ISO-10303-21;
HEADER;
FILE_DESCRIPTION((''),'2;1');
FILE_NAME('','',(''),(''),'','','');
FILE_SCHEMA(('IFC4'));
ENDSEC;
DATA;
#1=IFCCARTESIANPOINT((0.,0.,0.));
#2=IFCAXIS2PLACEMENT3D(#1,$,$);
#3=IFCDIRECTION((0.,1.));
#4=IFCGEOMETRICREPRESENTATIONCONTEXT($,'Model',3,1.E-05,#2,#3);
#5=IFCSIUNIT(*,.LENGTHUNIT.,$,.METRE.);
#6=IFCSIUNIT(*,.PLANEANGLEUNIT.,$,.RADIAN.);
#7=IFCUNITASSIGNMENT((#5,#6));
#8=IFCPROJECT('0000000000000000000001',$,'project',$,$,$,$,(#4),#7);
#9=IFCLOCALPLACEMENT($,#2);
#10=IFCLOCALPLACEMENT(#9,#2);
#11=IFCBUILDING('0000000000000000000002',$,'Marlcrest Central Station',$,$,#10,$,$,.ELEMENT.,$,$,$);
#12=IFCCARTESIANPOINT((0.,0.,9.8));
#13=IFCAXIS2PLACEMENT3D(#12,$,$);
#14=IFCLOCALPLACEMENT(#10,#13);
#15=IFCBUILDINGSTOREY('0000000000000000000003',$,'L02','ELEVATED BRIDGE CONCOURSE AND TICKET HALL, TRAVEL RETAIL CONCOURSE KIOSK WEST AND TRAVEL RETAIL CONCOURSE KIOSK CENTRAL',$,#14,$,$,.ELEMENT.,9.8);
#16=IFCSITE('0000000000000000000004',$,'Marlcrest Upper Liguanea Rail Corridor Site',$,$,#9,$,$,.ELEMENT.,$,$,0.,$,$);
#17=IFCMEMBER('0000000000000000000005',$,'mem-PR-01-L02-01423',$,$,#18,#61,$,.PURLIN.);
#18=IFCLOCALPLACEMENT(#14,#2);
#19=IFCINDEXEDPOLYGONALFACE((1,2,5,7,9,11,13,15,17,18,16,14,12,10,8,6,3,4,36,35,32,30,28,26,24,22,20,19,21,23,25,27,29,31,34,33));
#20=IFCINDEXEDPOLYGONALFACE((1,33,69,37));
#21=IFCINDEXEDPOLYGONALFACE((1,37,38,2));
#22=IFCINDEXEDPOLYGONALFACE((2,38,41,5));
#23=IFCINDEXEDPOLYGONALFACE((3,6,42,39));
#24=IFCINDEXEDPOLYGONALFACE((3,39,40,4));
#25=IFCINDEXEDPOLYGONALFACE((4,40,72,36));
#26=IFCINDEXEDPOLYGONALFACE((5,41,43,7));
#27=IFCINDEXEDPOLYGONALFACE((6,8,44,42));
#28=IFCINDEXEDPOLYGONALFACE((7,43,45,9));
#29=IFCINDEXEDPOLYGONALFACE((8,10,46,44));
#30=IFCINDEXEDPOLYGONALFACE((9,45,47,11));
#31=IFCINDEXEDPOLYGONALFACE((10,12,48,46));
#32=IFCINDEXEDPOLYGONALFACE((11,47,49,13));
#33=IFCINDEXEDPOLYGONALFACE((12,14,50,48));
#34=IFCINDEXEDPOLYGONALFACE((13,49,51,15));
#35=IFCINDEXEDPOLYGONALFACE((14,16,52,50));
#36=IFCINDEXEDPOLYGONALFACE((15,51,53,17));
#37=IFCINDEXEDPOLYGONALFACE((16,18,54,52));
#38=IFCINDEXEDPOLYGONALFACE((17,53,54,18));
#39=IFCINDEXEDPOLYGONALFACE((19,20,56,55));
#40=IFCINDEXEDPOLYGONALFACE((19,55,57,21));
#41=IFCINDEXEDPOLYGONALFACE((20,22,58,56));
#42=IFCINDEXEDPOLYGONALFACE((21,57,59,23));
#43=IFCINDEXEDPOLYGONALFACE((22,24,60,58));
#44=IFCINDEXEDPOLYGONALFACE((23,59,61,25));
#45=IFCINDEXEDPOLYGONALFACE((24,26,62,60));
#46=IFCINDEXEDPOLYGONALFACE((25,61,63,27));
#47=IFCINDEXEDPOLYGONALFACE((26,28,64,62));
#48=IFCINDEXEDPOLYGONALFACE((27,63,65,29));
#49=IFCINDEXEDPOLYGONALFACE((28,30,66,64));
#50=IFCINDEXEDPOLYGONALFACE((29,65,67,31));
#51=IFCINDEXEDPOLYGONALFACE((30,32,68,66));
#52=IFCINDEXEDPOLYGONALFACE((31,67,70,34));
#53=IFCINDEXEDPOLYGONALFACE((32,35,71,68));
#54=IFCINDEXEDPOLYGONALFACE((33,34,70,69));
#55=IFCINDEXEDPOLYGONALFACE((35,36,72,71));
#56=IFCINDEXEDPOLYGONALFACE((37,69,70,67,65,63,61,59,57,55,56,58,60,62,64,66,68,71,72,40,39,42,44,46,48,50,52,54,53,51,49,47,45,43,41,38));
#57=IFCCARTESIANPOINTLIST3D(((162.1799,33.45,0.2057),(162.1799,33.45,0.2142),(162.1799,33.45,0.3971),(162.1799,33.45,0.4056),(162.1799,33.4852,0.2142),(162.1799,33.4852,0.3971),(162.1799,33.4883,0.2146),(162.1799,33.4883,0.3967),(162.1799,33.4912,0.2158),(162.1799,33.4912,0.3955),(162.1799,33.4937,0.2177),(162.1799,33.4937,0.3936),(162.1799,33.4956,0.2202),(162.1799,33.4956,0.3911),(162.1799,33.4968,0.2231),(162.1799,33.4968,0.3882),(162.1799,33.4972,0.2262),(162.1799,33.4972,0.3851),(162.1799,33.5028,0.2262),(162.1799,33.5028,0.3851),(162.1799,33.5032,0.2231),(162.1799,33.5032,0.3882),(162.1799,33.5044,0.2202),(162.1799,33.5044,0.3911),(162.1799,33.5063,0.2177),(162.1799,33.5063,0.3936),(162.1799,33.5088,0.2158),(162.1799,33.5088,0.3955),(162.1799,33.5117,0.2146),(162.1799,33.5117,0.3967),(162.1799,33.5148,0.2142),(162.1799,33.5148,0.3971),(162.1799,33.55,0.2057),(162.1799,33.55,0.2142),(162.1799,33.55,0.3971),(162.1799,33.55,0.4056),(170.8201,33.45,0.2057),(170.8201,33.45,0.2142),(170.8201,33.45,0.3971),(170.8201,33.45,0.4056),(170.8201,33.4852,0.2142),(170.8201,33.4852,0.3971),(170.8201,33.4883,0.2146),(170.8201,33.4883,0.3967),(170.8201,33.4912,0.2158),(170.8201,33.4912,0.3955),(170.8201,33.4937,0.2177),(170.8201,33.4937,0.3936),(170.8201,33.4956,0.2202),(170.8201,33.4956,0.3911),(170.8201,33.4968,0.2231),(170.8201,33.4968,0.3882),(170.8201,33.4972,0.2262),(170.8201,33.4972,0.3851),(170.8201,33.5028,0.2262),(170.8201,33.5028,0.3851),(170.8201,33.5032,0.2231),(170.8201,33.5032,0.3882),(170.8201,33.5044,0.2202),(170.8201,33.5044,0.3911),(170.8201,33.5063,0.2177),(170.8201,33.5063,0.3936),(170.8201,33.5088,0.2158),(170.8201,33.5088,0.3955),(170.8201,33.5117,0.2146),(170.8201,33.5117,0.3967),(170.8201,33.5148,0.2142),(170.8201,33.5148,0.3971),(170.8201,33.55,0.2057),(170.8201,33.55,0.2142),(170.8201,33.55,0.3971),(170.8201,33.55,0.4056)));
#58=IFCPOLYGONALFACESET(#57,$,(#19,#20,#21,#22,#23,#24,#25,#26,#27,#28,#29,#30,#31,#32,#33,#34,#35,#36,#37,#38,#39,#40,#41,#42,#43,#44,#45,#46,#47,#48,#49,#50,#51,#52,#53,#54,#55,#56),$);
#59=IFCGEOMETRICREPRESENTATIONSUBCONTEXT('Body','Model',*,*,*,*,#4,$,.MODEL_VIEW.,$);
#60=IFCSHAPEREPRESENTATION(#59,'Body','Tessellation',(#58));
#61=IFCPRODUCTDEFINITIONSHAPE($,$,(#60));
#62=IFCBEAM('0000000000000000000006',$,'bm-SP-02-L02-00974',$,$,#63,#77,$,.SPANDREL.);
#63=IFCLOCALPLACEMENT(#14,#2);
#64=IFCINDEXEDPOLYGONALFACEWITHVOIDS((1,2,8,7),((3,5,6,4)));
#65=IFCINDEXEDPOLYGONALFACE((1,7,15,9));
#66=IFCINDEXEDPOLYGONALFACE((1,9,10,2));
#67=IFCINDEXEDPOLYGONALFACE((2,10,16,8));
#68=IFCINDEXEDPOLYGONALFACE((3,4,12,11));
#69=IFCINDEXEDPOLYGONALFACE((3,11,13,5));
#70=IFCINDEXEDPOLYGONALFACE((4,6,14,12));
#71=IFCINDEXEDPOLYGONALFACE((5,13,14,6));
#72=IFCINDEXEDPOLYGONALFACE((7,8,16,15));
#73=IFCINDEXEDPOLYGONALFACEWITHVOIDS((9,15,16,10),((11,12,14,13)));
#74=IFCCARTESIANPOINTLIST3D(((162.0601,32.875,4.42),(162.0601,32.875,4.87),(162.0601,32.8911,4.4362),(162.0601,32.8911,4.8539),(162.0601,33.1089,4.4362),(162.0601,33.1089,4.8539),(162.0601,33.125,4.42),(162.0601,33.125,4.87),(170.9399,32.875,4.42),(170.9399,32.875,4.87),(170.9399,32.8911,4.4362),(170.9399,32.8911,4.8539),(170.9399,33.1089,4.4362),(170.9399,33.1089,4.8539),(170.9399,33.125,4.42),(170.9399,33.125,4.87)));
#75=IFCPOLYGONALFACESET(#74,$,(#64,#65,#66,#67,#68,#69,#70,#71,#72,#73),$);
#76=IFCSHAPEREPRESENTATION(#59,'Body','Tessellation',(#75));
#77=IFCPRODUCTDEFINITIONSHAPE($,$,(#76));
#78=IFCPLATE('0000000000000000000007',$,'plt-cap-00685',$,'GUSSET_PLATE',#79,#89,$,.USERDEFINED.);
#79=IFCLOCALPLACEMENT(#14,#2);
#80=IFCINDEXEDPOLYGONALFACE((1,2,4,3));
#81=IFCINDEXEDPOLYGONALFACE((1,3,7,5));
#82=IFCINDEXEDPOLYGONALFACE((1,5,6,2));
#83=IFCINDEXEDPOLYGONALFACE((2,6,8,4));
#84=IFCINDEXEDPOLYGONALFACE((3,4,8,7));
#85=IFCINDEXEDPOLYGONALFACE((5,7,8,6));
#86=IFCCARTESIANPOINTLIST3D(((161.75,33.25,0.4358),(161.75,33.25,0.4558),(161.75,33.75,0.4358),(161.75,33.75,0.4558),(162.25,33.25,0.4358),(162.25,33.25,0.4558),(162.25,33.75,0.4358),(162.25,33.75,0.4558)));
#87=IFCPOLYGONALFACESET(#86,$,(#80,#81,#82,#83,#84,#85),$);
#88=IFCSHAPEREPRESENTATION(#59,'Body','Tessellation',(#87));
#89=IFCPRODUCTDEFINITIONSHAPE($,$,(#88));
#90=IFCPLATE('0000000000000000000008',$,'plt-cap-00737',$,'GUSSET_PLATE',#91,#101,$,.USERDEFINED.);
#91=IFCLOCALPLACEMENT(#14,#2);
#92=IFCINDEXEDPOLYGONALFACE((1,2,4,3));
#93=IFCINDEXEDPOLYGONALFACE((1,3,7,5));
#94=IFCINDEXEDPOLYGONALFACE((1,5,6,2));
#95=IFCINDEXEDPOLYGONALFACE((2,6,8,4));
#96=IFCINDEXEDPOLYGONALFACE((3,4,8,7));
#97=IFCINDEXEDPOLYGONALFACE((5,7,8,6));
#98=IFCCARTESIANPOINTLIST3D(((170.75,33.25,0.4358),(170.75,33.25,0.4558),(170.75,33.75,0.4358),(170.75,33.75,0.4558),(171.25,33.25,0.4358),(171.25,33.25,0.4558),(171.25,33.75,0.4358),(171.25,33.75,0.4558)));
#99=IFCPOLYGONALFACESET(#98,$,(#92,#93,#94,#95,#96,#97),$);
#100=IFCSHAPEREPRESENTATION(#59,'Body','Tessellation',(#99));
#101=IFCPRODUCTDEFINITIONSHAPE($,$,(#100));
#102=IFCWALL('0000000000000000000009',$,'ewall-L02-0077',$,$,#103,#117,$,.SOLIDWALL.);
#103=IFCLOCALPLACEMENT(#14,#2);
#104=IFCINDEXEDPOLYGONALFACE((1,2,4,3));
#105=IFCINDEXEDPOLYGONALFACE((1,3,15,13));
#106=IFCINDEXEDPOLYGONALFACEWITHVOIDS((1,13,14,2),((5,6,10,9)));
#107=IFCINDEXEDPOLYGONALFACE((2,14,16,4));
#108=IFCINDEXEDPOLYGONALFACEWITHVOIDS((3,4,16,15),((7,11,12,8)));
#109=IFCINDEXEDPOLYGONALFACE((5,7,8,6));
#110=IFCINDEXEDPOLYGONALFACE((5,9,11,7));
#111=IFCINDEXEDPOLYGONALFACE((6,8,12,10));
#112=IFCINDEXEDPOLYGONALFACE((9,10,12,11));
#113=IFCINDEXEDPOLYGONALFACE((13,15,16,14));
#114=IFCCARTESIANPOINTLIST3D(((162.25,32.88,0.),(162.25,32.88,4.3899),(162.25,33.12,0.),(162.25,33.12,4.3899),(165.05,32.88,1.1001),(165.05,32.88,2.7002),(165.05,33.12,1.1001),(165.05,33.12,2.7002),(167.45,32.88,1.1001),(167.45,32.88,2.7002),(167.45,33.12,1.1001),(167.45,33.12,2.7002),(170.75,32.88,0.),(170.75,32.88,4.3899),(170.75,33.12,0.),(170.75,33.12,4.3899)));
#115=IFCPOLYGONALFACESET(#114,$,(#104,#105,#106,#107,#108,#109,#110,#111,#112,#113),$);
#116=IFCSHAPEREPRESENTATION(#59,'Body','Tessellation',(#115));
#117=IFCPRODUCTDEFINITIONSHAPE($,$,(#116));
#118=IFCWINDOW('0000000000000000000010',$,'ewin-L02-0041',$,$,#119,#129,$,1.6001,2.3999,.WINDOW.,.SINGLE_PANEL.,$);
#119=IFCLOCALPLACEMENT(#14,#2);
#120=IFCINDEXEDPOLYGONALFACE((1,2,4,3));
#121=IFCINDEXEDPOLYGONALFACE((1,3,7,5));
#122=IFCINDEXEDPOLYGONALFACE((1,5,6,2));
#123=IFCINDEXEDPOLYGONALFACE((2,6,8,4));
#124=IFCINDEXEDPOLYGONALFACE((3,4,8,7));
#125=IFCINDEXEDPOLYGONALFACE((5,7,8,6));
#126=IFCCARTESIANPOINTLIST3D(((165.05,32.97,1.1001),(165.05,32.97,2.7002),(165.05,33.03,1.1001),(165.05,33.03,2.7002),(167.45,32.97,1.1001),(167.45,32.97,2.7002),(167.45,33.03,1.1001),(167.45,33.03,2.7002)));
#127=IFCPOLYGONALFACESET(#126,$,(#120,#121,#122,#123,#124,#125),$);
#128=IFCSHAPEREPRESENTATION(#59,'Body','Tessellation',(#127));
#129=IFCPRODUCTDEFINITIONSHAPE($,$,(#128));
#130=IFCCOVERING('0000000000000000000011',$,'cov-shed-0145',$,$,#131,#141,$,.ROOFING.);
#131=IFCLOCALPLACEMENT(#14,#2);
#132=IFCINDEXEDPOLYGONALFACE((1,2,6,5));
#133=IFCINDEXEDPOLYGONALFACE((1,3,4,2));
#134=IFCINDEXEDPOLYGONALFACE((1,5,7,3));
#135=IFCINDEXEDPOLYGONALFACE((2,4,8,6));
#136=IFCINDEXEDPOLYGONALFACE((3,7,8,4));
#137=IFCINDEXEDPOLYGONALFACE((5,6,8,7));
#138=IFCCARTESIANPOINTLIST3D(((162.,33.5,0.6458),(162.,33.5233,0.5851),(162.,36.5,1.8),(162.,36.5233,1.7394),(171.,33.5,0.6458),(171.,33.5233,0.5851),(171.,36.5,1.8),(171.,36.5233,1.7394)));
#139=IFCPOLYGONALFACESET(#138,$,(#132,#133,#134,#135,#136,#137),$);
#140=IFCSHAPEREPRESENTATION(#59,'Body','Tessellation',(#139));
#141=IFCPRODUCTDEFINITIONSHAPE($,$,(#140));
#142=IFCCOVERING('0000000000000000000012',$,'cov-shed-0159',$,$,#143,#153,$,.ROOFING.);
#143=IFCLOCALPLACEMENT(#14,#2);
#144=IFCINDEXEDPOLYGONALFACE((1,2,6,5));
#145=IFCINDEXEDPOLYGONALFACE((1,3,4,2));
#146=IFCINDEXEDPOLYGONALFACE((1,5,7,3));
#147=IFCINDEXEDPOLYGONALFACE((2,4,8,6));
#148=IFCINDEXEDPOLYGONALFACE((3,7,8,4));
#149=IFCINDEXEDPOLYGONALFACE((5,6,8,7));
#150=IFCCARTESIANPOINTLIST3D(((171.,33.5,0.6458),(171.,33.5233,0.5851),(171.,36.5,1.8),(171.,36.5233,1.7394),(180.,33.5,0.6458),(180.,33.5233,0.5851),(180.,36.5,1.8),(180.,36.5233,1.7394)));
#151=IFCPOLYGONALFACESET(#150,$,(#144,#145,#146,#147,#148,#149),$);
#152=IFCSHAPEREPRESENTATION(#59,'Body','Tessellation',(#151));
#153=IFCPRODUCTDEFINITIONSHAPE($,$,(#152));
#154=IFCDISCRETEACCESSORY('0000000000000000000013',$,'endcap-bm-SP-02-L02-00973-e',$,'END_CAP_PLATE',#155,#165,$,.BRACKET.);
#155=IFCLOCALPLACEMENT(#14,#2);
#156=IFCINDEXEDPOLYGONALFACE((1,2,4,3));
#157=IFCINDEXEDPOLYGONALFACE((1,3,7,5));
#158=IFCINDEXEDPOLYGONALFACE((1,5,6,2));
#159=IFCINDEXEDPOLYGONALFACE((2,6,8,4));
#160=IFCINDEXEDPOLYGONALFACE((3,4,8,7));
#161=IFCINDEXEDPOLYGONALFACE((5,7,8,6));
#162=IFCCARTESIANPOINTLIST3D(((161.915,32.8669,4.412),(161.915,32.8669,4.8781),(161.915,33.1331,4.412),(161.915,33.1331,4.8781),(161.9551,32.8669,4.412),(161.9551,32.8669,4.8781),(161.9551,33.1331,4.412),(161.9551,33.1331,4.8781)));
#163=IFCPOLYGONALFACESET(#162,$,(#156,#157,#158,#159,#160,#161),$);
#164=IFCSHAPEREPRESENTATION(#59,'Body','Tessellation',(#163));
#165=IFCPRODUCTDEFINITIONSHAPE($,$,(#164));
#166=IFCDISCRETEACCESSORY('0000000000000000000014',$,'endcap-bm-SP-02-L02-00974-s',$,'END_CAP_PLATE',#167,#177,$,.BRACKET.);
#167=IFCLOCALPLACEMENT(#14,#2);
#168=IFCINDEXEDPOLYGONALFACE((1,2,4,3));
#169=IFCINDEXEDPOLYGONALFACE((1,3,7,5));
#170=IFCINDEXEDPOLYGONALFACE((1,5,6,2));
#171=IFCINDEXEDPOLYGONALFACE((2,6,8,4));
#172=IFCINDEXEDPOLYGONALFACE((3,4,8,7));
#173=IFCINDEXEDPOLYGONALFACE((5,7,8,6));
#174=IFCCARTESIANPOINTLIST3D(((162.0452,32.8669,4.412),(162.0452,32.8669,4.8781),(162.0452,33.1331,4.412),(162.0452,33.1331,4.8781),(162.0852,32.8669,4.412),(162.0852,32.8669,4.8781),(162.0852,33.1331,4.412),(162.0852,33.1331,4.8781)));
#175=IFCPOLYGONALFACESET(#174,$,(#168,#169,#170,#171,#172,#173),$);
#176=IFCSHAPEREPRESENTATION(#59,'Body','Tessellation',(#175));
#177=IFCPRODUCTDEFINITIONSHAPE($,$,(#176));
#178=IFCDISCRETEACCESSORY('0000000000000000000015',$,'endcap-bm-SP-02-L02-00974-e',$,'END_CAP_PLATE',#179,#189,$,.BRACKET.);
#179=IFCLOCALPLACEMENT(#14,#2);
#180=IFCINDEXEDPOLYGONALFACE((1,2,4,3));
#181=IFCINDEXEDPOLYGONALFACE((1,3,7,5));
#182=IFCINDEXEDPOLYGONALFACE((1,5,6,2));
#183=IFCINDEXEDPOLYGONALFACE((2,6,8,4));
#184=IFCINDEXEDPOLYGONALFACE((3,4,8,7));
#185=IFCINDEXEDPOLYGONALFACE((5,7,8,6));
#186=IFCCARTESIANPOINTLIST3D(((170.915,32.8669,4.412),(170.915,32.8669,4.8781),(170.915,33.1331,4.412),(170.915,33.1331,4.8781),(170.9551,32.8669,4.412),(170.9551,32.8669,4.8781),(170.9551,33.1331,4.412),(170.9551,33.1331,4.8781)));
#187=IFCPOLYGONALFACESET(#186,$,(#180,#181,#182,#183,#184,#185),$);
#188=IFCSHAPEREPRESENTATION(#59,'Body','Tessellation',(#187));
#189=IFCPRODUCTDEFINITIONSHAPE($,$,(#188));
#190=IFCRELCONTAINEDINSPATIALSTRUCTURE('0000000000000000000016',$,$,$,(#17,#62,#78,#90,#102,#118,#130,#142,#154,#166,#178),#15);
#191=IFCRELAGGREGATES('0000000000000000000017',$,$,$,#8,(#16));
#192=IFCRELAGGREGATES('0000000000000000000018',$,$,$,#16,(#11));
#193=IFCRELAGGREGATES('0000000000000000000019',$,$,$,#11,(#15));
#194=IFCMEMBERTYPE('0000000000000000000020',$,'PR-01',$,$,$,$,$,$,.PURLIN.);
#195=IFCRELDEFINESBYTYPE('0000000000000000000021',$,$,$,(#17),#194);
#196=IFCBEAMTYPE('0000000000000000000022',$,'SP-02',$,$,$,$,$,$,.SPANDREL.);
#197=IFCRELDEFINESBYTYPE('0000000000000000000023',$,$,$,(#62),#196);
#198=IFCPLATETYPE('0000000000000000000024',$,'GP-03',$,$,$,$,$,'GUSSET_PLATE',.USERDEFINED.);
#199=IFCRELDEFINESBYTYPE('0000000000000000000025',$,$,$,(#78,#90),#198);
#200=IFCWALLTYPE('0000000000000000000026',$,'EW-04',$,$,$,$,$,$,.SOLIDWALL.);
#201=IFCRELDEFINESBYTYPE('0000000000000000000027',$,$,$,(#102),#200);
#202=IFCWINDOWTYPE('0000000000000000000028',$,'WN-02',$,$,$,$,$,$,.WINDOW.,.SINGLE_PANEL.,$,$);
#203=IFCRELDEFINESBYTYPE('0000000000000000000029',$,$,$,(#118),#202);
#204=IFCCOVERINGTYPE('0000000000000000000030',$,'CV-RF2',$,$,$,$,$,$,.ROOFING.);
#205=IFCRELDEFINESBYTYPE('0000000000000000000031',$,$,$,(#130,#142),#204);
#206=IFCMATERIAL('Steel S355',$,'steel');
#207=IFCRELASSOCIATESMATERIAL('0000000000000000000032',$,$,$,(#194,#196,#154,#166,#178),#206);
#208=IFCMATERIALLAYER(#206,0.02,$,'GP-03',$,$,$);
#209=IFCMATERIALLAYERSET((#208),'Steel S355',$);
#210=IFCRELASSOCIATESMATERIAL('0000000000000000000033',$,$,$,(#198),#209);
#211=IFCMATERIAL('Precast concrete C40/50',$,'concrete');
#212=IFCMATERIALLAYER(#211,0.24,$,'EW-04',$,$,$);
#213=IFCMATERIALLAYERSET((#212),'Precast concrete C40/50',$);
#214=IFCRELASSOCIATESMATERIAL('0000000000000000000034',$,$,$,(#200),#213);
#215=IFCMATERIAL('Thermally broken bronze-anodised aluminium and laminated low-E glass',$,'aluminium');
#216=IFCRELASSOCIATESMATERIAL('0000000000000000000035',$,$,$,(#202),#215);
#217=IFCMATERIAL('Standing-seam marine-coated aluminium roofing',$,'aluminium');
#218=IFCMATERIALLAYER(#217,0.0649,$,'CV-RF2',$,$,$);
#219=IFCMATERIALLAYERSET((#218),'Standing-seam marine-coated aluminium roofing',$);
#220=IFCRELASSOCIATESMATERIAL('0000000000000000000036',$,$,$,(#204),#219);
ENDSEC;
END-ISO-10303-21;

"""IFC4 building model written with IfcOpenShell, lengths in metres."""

from ifc_helpers import new_model, si_unit, direction, frame, frame_2d, origin, origin_2d, place, context, subcontext, project, spatial, polyline, rectangle, hollow_rectangle, i_section, outline, extrude, material, layer, layer_set, material_profile, profile_set, type_object, element, fill, save


model = new_model("IFC4")

# Units and contexts
model_context = context("Model", 3, precision=1e-05, world=origin(), true_north=direction((0.0, 1.0)))
body_context = subcontext(model_context, "Body", "Model", "MODEL_VIEW")
ifc_project = project(units=[si_unit("LENGTHUNIT", "METRE"), si_unit("PLANEANGLEUNIT", "RADIAN")], contexts=[model_context])

# Site, building, storey
site_placement = place(None, origin())
site = spatial("IfcSite", under=ifc_project, at=site_placement, Name="Marlcrest Upper Liguanea Rail Corridor Site", CompositionType="ELEMENT", RefElevation=0.0)
building_placement = place(site_placement, origin())
building = spatial("IfcBuilding", under=site, at=building_placement, Name="Marlcrest Central Station", CompositionType="ELEMENT")
storey_placement = place(building_placement, frame((0.0, 0.0, 9.8)))
storey = spatial("IfcBuildingStorey", under=building, at=storey_placement, Name="L02", Description="ELEVATED BRIDGE CONCOURSE AND TICKET HALL, TRAVEL RETAIL CONCOURSE KIOSK WEST AND TRAVEL RETAIL CONCOURSE KIOSK CENTRAL", CompositionType="ELEMENT", Elevation=9.8)

# Shared definitions
ifc_material_1 = material(Name="Steel S355", Category="steel")

# Member
ifc_material_profile_1 = material_profile(ifc_material_1, i_section(OverallWidth=0.1001, OverallDepth=0.2, WebThickness=0.0056, FlangeThickness=0.0085, FilletRadius=0.012, at=origin_2d()), Name="IPE 200")
ifc_profile_set_1 = profile_set([ifc_material_profile_1], Name="Steel S355")
member_type_1 = type_object("IfcMemberType", Name="PR-01", PredefinedType="PURLIN", material=ifc_profile_set_1)
member_placement = place(storey_placement, frame((162.1799, 33.5, 0.3057), z_axis=(1.0, 0.0, 0.0), x_axis=(0.0, 1.0, 0.0)))
element("IfcMember", 1, at=member_placement, inside=storey, type_object=member_type_1, Name="mem-PR-01-L02-01423", PredefinedType="PURLIN", context=body_context, shape_type="SweptSolid", body=[
    extrude(i_section(OverallWidth=0.1001, OverallDepth=0.2, WebThickness=0.0056, FlangeThickness=0.0085, FilletRadius=0.012, at=origin_2d()), origin(), (0.0, 0.0, 1.0), 8.6401),
])

# Beam
ifc_material_profile_2 = material_profile(ifc_material_1, hollow_rectangle(XDim=0.25, YDim=0.45, WallThickness=0.0161, at=origin_2d()), Name="RHS 450x250x16")
ifc_profile_set_2 = profile_set([ifc_material_profile_2], Name="Steel S355")
beam_type_1 = type_object("IfcBeamType", Name="SP-02", PredefinedType="SPANDREL", material=ifc_profile_set_2)
beam_1_placement = place(storey_placement, frame((162.0601, 33.0, 4.645), z_axis=(1.0, 0.0, 0.0), x_axis=(0.0, 1.0, 0.0)))
element("IfcBeam", 2, at=beam_1_placement, inside=storey, type_object=beam_type_1, Name="bm-SP-02-L02-00974", PredefinedType="SPANDREL", context=body_context, shape_type="SweptSolid", body=[
    extrude(hollow_rectangle(XDim=0.25, YDim=0.45, WallThickness=0.0161, at=origin_2d()), origin(), (0.0, 0.0, 1.0), 8.8799),
])

# Plates
ifc_layer_1 = layer(ifc_material_1, 0.02, Name="GP-03")
ifc_layer_set_1 = layer_set([ifc_layer_1], Name="Steel S355")
plate_type = type_object("IfcPlateType", Name="GP-03", ElementType="GUSSET_PLATE", PredefinedType="USERDEFINED", material=ifc_layer_set_1)
for number, where, z_axis, x_axis, name in (
    (3, (162.0, 33.5, 0.4358), (0.0, 0.0, 1.0), (1.0, 0.0, 0.0), "plt-cap-00685"),
    (4, (171.0, 33.5, 0.4358), (0.0, 0.0, 1.0), (1.0, 0.0, 0.0), "plt-cap-00737"),
):
    element("IfcPlate", number, at=place(storey_placement, frame(where, z_axis=z_axis, x_axis=x_axis)), inside=storey, type_object=plate_type, Name=name, ObjectType="GUSSET_PLATE", PredefinedType="USERDEFINED", context=body_context, shape_type="SweptSolid", body=[
        extrude(rectangle(XDim=0.5, YDim=0.5, at=origin_2d()), origin(), (0.0, 0.0, 1.0), 0.02),
    ])

# Wall, opening, window
ifc_material_2 = material(Name="Precast concrete C40/50", Category="concrete")
ifc_layer_2 = layer(ifc_material_2, 0.24, Name="EW-04")
ifc_layer_set_2 = layer_set([ifc_layer_2], Name="Precast concrete C40/50")
wall_type = type_object("IfcWallType", Name="EW-04", PredefinedType="SOLIDWALL", material=ifc_layer_set_2)
wall_placement = place(storey_placement, frame((162.25, 33.0, 0.0), z_axis=(0.0, 0.0, 1.0), x_axis=(1.0, 0.0, 0.0)))
wall = element("IfcWall", 5, at=wall_placement, inside=storey, type_object=wall_type, Name="ewall-L02-0077", PredefinedType="SOLIDWALL", context=body_context, shape_type="SweptSolid", body=[
    extrude(rectangle(XDim=8.5, YDim=0.24, at=frame_2d((4.25, 0.0))), origin(), (0.0, 0.0, 1.0), 4.3899),
])
opening_placement = place(wall_placement, frame((2.8, 0.0, 1.1001)))
opening = element("IfcOpeningElement", 6, at=opening_placement, cuts=wall, PredefinedType="OPENING", context=body_context, shape_type="SweptSolid", body=[
    extrude(rectangle(XDim=2.3999, YDim=1.6001, at=frame_2d((1.2, 0.8))), frame((0.0, 0.1299, 0.0), z_axis=(0.0, -1.0, 0.0), x_axis=(1.0, 0.0, 0.0)), (0.0, 0.0, 1.0), 0.26),
])
ifc_material_3 = material(Name="Thermally broken bronze-anodised aluminium and laminated low-E glass", Category="aluminium")
window_type = type_object("IfcWindowType", Name="WN-02", PartitioningType="SINGLE_PANEL", PredefinedType="WINDOW", material=ifc_material_3)
window_placement = place(opening_placement, origin())
window = element("IfcWindow", 7, at=window_placement, inside=storey, type_object=window_type, Name="ewin-L02-0041", OverallHeight=1.6001, OverallWidth=2.3999, PartitioningType="SINGLE_PANEL", PredefinedType="WINDOW", context=body_context, shape_type="SweptSolid", body=[
    extrude(rectangle(XDim=2.3999, YDim=1.6001, at=frame_2d((1.2, 0.8))), frame((0.0, 0.03, 0.0), z_axis=(0.0, -1.0, 0.0), x_axis=(1.0, 0.0, 0.0)), (0.0, 0.0, 1.0), 0.0601),
])
fill(opening, window)

# Coverings
ifc_material_4 = material(Name="Standing-seam marine-coated aluminium roofing", Category="aluminium")
ifc_layer_3 = layer(ifc_material_4, 0.0649, Name="CV-RF2")
ifc_layer_set_3 = layer_set([ifc_layer_3], Name="Standing-seam marine-coated aluminium roofing")
covering_type = type_object("IfcCoveringType", Name="CV-RF2", PredefinedType="ROOFING", material=ifc_layer_set_3)
for number, where, z_axis, x_axis, name in (
    (8, (162.0, 33.5, 0.6458), (0.0, -0.359101, 0.933299), (1.0, 0.0, 0.0), "cov-shed-0145"),
    (9, (171.0, 33.5, 0.6458), (0.0, -0.359101, 0.933299), (1.0, 0.0, 0.0), "cov-shed-0159"),
):
    element("IfcCovering", number, at=place(storey_placement, frame(where, z_axis=z_axis, x_axis=x_axis)), inside=storey, type_object=covering_type, Name=name, PredefinedType="ROOFING", context=body_context, shape_type="SweptSolid", body=[
        extrude(outline(polyline([(0.0, 0.0), (9.0, 0.0), (9.0, 3.2144), (0.0, 3.2144), (0.0, 0.0)])), origin(), (0.0, 0.0, -1.0), 0.0649),
    ])

# Discrete accessories
for number, where, z_axis, x_axis, name in (
    (10, (161.915, 33.0, 4.645), (1.0, 0.0, 0.0), (0.0, 1.0, 0.0), "endcap-bm-SP-02-L02-00973-e"),
    (11, (162.0452, 33.0, 4.645), (1.0, 0.0, 0.0), (0.0, 1.0, 0.0), "endcap-bm-SP-02-L02-00974-s"),
    (12, (170.915, 33.0, 4.645), (1.0, 0.0, 0.0), (0.0, 1.0, 0.0), "endcap-bm-SP-02-L02-00974-e"),
):
    element("IfcDiscreteAccessory", number, at=place(storey_placement, frame(where, z_axis=z_axis, x_axis=x_axis)), inside=storey, material=ifc_material_1, Name=name, ObjectType="END_CAP_PLATE", PredefinedType="BRACKET", context=body_context, shape_type="SweptSolid", body=[
        extrude(rectangle(XDim=0.2661, YDim=0.4661, at=origin_2d()), origin(), (0.0, 0.0, 1.0), 0.04),
    ])

save(model, "model.ifc")
